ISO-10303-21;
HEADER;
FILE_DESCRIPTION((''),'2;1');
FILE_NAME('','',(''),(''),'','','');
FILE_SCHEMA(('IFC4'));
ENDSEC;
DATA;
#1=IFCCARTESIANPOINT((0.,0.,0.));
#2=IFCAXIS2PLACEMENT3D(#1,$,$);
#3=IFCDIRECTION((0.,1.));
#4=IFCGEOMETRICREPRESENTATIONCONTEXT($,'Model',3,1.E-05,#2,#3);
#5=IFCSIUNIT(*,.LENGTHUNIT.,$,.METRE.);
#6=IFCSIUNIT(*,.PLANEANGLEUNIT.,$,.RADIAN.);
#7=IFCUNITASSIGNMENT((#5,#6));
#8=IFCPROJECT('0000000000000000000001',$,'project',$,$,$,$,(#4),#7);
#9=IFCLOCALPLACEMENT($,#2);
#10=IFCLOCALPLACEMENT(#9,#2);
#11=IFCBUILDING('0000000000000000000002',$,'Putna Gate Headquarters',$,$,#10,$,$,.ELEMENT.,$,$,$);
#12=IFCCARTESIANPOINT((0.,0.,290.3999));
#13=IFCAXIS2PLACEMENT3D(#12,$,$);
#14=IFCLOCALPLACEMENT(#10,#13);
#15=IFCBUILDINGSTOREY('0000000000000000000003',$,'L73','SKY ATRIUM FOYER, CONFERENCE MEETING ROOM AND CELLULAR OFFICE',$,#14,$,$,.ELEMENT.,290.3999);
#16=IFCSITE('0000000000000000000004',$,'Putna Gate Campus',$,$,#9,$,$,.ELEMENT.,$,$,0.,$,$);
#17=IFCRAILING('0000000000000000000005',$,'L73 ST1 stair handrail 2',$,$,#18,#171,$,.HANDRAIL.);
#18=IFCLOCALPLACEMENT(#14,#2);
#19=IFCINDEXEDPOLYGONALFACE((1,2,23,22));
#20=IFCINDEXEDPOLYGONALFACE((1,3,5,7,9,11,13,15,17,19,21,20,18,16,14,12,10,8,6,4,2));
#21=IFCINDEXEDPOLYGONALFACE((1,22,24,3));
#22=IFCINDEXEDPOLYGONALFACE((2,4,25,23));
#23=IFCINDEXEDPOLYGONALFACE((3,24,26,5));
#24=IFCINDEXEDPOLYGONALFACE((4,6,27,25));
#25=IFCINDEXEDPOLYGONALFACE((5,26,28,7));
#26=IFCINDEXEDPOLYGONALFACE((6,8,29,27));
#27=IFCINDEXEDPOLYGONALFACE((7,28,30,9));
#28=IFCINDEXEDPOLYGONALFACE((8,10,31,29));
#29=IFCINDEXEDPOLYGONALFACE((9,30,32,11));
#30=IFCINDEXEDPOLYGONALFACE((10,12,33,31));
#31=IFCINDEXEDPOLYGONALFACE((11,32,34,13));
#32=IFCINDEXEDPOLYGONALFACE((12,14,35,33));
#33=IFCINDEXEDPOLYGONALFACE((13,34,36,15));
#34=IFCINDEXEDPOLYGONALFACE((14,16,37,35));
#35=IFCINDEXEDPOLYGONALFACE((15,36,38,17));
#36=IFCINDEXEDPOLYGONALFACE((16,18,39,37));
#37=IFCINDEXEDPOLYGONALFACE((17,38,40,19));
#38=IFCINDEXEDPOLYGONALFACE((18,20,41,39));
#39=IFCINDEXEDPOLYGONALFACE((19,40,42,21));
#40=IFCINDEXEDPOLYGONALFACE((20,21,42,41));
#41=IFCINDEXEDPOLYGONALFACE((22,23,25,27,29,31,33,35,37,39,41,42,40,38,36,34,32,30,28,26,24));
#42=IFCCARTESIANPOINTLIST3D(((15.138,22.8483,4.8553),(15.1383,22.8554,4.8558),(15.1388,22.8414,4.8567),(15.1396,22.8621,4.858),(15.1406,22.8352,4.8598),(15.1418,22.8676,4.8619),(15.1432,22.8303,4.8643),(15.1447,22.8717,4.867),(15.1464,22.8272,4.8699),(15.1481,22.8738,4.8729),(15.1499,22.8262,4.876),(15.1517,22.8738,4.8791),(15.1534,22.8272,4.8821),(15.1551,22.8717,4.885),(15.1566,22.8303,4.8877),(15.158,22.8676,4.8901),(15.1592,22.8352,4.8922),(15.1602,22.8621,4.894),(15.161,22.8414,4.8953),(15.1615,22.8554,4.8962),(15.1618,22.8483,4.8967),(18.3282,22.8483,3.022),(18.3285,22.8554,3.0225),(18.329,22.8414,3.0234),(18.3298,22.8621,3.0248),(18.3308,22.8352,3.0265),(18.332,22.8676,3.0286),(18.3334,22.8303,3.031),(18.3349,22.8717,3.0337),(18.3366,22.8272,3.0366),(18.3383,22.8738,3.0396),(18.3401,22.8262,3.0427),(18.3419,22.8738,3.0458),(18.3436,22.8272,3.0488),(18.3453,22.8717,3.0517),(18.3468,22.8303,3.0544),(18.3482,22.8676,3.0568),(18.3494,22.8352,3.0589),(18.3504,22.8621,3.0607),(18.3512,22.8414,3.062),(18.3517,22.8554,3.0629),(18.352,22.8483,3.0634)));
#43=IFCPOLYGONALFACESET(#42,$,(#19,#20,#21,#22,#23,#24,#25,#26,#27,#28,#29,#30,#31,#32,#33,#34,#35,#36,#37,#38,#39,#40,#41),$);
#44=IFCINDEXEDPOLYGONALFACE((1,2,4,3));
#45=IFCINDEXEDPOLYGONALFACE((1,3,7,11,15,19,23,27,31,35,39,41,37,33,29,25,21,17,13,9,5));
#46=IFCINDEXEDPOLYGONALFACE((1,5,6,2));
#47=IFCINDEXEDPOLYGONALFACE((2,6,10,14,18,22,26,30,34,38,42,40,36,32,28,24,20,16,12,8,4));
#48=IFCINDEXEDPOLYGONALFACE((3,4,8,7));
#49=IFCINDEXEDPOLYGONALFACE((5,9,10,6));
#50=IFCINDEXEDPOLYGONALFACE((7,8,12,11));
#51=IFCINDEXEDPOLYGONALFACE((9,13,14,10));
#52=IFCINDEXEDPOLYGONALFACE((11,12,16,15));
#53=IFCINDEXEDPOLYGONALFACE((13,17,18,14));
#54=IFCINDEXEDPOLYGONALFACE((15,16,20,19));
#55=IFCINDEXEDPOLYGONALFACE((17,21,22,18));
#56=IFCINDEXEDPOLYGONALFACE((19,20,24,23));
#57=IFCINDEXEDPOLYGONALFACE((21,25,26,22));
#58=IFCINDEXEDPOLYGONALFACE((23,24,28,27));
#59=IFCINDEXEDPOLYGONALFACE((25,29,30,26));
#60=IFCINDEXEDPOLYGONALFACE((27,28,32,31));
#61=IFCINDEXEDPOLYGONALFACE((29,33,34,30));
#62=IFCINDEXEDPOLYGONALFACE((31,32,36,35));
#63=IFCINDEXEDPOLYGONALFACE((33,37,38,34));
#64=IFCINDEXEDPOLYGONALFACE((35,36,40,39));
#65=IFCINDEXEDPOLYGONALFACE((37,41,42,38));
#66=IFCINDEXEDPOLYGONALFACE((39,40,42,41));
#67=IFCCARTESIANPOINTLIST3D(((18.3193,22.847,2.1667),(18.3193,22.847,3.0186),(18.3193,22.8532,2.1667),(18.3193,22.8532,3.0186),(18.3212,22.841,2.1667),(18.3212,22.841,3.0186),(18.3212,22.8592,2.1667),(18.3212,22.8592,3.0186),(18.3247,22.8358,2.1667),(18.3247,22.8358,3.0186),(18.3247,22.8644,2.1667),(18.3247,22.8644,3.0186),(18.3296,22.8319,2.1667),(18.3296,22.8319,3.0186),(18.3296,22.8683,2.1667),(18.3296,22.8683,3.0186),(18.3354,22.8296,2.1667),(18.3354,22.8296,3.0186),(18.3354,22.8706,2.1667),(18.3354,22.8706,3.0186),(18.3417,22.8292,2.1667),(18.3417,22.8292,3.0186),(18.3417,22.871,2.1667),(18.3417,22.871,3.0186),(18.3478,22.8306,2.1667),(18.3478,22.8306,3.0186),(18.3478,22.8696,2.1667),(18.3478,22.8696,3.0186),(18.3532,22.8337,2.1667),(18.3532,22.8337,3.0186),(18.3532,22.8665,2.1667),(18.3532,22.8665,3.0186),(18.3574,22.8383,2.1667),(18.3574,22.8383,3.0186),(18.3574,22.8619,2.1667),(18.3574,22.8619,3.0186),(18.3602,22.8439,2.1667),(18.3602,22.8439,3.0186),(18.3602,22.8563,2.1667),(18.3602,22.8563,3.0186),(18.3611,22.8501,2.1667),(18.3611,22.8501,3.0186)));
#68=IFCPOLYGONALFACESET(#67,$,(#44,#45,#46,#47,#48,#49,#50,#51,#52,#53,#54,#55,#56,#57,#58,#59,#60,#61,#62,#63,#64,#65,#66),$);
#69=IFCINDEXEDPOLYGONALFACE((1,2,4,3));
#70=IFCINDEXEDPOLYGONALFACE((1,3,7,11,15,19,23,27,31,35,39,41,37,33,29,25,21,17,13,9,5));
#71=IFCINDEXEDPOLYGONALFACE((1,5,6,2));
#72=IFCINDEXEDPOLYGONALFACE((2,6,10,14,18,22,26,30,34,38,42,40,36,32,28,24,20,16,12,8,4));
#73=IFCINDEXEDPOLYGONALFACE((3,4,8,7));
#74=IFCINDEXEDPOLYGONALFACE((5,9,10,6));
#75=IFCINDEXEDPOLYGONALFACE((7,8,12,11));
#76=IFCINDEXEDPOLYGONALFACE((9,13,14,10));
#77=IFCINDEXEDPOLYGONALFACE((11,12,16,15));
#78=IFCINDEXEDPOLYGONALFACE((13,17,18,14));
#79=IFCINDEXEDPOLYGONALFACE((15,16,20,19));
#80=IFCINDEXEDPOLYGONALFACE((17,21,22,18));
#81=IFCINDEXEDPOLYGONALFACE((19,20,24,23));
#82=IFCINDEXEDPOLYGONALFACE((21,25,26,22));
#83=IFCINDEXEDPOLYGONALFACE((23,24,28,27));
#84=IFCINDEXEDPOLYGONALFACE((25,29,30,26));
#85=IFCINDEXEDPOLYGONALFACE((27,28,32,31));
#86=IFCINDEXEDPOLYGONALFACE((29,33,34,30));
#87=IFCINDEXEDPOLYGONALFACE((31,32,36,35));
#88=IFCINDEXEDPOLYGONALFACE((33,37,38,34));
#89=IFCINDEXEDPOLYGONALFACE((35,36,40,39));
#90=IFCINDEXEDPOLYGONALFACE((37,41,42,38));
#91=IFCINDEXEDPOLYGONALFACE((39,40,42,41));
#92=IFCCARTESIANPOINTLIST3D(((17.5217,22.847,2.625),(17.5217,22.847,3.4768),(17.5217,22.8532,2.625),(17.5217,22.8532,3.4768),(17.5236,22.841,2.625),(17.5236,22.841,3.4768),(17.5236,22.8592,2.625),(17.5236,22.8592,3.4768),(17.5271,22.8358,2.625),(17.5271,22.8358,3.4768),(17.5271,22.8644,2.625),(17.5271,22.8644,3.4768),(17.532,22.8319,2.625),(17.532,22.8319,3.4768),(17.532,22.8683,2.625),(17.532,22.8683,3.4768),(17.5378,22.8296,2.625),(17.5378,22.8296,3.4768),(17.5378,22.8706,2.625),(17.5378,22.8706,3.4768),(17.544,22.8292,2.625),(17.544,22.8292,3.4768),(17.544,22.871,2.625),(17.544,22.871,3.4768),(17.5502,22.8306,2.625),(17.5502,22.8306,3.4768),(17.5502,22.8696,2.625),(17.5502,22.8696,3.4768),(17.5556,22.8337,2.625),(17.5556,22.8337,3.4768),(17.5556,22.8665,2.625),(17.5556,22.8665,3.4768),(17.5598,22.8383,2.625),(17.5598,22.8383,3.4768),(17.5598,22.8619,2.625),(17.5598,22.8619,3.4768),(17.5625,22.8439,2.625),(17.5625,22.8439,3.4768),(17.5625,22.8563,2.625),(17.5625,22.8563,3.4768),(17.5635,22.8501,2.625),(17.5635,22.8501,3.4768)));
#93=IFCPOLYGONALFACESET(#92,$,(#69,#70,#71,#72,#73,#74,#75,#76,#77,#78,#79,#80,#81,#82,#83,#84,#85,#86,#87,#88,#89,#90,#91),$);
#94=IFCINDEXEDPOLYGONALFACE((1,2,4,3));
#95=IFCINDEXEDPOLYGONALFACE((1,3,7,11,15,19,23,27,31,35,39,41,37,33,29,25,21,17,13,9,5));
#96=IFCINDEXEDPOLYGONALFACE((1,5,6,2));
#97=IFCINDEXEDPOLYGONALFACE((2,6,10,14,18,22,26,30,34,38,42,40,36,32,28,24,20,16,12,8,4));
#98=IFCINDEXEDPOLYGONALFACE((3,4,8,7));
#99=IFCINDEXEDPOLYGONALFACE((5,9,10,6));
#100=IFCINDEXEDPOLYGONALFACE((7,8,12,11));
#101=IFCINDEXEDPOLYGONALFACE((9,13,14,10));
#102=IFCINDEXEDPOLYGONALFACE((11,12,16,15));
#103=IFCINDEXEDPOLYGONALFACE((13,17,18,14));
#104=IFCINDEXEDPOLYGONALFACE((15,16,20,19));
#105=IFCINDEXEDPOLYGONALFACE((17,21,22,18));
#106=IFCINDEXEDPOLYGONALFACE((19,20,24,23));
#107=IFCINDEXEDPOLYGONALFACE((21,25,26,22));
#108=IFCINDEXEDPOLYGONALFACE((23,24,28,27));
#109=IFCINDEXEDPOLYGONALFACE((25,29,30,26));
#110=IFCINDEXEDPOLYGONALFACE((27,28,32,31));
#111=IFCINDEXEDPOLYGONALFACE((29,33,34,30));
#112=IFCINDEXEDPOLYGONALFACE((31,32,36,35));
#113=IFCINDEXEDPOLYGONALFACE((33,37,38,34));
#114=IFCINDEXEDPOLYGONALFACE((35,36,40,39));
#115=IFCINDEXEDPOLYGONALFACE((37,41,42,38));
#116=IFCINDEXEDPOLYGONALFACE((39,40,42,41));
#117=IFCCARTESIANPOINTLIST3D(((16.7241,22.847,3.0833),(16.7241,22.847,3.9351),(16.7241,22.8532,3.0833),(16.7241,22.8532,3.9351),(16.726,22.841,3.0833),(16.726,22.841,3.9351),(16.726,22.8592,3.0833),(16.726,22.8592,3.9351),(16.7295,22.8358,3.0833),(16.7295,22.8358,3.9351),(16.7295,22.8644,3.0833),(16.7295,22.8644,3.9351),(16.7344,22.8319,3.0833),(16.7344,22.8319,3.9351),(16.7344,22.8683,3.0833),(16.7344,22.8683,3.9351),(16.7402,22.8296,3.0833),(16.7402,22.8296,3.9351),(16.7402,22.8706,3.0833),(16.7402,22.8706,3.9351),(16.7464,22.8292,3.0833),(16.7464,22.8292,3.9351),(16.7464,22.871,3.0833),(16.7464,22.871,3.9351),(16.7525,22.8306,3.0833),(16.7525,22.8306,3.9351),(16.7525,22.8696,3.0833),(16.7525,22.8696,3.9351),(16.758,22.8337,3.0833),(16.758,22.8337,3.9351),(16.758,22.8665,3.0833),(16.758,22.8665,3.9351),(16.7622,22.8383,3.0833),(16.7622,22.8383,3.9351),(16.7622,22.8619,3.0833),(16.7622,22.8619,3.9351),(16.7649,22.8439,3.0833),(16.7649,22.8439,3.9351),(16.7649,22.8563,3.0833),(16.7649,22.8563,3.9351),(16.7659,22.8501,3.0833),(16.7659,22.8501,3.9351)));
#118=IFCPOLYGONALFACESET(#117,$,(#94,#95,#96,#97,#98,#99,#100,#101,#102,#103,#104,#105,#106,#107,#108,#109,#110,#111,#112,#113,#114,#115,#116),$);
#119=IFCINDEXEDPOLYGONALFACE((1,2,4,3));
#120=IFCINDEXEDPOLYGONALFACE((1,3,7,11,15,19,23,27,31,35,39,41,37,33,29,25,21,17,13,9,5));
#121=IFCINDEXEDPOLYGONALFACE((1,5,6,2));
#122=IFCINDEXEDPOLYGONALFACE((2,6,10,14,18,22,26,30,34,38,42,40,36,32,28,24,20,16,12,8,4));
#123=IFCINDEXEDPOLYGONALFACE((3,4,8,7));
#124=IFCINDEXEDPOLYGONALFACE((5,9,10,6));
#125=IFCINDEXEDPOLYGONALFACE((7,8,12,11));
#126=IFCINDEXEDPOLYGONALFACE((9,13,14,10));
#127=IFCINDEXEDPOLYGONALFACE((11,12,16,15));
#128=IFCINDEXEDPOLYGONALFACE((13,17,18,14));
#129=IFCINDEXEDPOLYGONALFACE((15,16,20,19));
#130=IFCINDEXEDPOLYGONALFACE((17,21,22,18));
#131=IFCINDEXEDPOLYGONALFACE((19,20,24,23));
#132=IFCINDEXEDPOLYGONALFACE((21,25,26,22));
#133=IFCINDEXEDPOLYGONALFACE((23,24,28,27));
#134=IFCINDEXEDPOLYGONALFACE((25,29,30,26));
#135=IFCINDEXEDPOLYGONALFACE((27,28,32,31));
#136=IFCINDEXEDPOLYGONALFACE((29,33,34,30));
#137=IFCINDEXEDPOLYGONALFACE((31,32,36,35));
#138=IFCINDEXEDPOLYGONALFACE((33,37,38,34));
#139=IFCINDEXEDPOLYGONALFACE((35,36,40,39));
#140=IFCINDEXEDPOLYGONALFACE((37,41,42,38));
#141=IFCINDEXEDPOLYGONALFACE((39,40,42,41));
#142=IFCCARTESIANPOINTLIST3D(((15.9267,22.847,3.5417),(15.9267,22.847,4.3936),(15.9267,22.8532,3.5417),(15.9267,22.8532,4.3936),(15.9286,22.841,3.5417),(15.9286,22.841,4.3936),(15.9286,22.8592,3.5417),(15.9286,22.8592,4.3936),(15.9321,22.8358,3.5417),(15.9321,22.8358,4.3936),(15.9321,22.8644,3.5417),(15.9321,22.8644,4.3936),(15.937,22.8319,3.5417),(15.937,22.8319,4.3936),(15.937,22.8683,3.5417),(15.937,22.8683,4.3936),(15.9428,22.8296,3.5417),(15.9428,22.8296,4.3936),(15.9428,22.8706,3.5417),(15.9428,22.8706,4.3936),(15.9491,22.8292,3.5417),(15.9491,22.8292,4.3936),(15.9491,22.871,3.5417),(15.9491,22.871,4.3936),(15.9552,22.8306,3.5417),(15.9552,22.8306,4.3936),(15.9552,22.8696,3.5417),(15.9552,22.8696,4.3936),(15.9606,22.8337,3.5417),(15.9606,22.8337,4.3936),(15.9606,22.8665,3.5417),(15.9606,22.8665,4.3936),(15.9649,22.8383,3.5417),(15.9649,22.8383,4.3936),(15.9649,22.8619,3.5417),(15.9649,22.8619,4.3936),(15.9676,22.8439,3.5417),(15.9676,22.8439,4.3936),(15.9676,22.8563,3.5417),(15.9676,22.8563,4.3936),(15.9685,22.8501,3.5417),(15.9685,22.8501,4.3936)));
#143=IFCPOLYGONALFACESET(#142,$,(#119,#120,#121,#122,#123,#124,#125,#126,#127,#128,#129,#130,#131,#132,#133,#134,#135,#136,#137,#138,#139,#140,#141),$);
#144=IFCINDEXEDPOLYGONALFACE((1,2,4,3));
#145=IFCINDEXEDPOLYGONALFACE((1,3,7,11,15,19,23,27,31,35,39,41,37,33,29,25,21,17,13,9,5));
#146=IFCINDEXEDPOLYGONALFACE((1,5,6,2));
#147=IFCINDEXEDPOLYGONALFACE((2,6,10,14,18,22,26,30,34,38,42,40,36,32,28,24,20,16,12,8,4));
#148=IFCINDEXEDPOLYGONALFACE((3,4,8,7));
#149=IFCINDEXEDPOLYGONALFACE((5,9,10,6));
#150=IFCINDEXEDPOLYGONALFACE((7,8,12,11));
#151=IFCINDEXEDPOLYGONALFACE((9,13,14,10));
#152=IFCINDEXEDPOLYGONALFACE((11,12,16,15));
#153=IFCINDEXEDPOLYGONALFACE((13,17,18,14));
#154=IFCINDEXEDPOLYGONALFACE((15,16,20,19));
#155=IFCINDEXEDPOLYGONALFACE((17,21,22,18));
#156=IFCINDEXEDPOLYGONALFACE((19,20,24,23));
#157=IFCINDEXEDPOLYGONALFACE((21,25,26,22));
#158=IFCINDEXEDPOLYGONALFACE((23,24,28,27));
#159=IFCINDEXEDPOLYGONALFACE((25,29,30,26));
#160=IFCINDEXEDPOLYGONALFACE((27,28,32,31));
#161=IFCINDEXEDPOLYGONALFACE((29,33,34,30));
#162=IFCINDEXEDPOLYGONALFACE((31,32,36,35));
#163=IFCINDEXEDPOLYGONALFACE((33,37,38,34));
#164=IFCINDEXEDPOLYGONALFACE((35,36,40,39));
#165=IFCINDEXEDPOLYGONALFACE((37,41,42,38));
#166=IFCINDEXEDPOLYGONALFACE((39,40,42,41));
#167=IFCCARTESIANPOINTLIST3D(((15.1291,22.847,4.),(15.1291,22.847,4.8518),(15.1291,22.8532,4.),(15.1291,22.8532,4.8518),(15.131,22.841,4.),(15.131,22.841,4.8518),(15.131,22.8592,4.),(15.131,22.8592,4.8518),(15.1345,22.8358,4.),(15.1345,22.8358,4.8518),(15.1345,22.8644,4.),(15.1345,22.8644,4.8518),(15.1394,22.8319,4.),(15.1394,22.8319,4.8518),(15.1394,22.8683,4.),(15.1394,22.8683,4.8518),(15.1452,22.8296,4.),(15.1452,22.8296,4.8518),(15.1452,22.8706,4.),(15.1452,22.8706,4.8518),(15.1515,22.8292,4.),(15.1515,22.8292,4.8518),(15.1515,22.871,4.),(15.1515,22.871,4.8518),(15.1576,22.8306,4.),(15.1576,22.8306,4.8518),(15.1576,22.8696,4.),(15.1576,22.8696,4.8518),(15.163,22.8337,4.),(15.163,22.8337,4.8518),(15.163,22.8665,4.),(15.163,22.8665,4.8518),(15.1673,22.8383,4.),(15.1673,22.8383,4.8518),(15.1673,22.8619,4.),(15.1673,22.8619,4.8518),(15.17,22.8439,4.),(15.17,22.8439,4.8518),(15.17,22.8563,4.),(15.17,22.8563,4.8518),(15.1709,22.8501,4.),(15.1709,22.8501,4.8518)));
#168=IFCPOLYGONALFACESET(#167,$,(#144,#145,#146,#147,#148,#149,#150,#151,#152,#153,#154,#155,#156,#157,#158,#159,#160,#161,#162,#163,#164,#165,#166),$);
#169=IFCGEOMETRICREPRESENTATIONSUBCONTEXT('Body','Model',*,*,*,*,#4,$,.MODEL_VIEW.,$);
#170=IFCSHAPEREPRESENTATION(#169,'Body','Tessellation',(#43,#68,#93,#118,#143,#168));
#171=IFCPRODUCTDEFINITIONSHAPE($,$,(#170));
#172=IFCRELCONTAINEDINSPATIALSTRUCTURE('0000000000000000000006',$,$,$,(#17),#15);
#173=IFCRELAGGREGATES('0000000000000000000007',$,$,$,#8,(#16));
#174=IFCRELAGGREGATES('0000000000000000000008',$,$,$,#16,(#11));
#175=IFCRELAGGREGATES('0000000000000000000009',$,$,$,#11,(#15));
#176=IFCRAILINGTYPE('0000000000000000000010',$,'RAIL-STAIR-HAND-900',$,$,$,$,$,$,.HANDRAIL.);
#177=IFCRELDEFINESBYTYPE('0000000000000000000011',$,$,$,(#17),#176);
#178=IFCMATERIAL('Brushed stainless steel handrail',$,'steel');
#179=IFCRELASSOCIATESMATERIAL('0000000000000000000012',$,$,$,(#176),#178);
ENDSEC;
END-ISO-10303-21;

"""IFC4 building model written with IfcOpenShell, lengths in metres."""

from ifc_helpers import new_model, si_unit, direction, frame, origin, origin_2d, place, context, subcontext, project, spatial, circle, extrude, material, type_object, element, save


model = new_model("IFC4")

# Units and contexts
model_context = context("Model", 3, precision=1e-05, world=origin(), true_north=direction((0.0, 1.0)))
body_context = subcontext(model_context, "Body", "Model", "MODEL_VIEW")
ifc_project = project(units=[si_unit("LENGTHUNIT", "METRE"), si_unit("PLANEANGLEUNIT", "RADIAN")], contexts=[model_context])

# Site, building, storey
site_placement = place(None, origin())
site = spatial("IfcSite", under=ifc_project, at=site_placement, Name="Putna Gate Campus", CompositionType="ELEMENT", RefElevation=0.0)
building_placement = place(site_placement, origin())
building = spatial("IfcBuilding", under=site, at=building_placement, Name="Putna Gate Headquarters", CompositionType="ELEMENT")
storey_placement = place(building_placement, frame((0.0, 0.0, 290.3999)))
storey = spatial("IfcBuildingStorey", under=building, at=storey_placement, Name="L73", Description="SKY ATRIUM FOYER, CONFERENCE MEETING ROOM AND CELLULAR OFFICE", CompositionType="ELEMENT", Elevation=290.3999)

# Railing
ifc_material_1 = material(Name="Brushed stainless steel handrail", Category="steel")
railing_type = type_object("IfcRailingType", Name="RAIL-STAIR-HAND-900", PredefinedType="HANDRAIL", material=ifc_material_1)
railing_placement = place(storey_placement, frame((18.3401, 22.8501, 2.1667)))
element("IfcRailing", 1, at=railing_placement, inside=storey, type_object=railing_type, Name="L73 ST1 stair handrail 2", PredefinedType="HANDRAIL", context=body_context, shape_type="SweptSolid", body=[
    extrude(circle(Radius=0.0239, at=origin_2d()), frame((0.0, 0.0, 0.876), z_axis=(-0.867036, 0.0, 0.498245), x_axis=(0.0, -1.0, 0.0)), (0.0, 0.0, 1.0), 3.6794),
    extrude(circle(Radius=0.021, at=origin_2d()), origin(), (0.0, 0.0, 1.0), 0.8518),
    extrude(circle(Radius=0.021, at=origin_2d()), frame((-0.7976, 0.0, 0.4583)), (0.0, 0.0, 1.0), 0.8518),
    extrude(circle(Radius=0.021, at=origin_2d()), frame((-1.5952, 0.0, 0.9165)), (0.0, 0.0, 1.0), 0.8518),
    extrude(circle(Radius=0.021, at=origin_2d()), frame((-2.3926, 0.0, 1.375)), (0.0, 0.0, 1.0), 0.8518),
    extrude(circle(Radius=0.021, at=origin_2d()), frame((-3.1902, 0.0, 1.8333)), (0.0, 0.0, 1.0), 0.8518),
])

save(model, "model.ifc")
